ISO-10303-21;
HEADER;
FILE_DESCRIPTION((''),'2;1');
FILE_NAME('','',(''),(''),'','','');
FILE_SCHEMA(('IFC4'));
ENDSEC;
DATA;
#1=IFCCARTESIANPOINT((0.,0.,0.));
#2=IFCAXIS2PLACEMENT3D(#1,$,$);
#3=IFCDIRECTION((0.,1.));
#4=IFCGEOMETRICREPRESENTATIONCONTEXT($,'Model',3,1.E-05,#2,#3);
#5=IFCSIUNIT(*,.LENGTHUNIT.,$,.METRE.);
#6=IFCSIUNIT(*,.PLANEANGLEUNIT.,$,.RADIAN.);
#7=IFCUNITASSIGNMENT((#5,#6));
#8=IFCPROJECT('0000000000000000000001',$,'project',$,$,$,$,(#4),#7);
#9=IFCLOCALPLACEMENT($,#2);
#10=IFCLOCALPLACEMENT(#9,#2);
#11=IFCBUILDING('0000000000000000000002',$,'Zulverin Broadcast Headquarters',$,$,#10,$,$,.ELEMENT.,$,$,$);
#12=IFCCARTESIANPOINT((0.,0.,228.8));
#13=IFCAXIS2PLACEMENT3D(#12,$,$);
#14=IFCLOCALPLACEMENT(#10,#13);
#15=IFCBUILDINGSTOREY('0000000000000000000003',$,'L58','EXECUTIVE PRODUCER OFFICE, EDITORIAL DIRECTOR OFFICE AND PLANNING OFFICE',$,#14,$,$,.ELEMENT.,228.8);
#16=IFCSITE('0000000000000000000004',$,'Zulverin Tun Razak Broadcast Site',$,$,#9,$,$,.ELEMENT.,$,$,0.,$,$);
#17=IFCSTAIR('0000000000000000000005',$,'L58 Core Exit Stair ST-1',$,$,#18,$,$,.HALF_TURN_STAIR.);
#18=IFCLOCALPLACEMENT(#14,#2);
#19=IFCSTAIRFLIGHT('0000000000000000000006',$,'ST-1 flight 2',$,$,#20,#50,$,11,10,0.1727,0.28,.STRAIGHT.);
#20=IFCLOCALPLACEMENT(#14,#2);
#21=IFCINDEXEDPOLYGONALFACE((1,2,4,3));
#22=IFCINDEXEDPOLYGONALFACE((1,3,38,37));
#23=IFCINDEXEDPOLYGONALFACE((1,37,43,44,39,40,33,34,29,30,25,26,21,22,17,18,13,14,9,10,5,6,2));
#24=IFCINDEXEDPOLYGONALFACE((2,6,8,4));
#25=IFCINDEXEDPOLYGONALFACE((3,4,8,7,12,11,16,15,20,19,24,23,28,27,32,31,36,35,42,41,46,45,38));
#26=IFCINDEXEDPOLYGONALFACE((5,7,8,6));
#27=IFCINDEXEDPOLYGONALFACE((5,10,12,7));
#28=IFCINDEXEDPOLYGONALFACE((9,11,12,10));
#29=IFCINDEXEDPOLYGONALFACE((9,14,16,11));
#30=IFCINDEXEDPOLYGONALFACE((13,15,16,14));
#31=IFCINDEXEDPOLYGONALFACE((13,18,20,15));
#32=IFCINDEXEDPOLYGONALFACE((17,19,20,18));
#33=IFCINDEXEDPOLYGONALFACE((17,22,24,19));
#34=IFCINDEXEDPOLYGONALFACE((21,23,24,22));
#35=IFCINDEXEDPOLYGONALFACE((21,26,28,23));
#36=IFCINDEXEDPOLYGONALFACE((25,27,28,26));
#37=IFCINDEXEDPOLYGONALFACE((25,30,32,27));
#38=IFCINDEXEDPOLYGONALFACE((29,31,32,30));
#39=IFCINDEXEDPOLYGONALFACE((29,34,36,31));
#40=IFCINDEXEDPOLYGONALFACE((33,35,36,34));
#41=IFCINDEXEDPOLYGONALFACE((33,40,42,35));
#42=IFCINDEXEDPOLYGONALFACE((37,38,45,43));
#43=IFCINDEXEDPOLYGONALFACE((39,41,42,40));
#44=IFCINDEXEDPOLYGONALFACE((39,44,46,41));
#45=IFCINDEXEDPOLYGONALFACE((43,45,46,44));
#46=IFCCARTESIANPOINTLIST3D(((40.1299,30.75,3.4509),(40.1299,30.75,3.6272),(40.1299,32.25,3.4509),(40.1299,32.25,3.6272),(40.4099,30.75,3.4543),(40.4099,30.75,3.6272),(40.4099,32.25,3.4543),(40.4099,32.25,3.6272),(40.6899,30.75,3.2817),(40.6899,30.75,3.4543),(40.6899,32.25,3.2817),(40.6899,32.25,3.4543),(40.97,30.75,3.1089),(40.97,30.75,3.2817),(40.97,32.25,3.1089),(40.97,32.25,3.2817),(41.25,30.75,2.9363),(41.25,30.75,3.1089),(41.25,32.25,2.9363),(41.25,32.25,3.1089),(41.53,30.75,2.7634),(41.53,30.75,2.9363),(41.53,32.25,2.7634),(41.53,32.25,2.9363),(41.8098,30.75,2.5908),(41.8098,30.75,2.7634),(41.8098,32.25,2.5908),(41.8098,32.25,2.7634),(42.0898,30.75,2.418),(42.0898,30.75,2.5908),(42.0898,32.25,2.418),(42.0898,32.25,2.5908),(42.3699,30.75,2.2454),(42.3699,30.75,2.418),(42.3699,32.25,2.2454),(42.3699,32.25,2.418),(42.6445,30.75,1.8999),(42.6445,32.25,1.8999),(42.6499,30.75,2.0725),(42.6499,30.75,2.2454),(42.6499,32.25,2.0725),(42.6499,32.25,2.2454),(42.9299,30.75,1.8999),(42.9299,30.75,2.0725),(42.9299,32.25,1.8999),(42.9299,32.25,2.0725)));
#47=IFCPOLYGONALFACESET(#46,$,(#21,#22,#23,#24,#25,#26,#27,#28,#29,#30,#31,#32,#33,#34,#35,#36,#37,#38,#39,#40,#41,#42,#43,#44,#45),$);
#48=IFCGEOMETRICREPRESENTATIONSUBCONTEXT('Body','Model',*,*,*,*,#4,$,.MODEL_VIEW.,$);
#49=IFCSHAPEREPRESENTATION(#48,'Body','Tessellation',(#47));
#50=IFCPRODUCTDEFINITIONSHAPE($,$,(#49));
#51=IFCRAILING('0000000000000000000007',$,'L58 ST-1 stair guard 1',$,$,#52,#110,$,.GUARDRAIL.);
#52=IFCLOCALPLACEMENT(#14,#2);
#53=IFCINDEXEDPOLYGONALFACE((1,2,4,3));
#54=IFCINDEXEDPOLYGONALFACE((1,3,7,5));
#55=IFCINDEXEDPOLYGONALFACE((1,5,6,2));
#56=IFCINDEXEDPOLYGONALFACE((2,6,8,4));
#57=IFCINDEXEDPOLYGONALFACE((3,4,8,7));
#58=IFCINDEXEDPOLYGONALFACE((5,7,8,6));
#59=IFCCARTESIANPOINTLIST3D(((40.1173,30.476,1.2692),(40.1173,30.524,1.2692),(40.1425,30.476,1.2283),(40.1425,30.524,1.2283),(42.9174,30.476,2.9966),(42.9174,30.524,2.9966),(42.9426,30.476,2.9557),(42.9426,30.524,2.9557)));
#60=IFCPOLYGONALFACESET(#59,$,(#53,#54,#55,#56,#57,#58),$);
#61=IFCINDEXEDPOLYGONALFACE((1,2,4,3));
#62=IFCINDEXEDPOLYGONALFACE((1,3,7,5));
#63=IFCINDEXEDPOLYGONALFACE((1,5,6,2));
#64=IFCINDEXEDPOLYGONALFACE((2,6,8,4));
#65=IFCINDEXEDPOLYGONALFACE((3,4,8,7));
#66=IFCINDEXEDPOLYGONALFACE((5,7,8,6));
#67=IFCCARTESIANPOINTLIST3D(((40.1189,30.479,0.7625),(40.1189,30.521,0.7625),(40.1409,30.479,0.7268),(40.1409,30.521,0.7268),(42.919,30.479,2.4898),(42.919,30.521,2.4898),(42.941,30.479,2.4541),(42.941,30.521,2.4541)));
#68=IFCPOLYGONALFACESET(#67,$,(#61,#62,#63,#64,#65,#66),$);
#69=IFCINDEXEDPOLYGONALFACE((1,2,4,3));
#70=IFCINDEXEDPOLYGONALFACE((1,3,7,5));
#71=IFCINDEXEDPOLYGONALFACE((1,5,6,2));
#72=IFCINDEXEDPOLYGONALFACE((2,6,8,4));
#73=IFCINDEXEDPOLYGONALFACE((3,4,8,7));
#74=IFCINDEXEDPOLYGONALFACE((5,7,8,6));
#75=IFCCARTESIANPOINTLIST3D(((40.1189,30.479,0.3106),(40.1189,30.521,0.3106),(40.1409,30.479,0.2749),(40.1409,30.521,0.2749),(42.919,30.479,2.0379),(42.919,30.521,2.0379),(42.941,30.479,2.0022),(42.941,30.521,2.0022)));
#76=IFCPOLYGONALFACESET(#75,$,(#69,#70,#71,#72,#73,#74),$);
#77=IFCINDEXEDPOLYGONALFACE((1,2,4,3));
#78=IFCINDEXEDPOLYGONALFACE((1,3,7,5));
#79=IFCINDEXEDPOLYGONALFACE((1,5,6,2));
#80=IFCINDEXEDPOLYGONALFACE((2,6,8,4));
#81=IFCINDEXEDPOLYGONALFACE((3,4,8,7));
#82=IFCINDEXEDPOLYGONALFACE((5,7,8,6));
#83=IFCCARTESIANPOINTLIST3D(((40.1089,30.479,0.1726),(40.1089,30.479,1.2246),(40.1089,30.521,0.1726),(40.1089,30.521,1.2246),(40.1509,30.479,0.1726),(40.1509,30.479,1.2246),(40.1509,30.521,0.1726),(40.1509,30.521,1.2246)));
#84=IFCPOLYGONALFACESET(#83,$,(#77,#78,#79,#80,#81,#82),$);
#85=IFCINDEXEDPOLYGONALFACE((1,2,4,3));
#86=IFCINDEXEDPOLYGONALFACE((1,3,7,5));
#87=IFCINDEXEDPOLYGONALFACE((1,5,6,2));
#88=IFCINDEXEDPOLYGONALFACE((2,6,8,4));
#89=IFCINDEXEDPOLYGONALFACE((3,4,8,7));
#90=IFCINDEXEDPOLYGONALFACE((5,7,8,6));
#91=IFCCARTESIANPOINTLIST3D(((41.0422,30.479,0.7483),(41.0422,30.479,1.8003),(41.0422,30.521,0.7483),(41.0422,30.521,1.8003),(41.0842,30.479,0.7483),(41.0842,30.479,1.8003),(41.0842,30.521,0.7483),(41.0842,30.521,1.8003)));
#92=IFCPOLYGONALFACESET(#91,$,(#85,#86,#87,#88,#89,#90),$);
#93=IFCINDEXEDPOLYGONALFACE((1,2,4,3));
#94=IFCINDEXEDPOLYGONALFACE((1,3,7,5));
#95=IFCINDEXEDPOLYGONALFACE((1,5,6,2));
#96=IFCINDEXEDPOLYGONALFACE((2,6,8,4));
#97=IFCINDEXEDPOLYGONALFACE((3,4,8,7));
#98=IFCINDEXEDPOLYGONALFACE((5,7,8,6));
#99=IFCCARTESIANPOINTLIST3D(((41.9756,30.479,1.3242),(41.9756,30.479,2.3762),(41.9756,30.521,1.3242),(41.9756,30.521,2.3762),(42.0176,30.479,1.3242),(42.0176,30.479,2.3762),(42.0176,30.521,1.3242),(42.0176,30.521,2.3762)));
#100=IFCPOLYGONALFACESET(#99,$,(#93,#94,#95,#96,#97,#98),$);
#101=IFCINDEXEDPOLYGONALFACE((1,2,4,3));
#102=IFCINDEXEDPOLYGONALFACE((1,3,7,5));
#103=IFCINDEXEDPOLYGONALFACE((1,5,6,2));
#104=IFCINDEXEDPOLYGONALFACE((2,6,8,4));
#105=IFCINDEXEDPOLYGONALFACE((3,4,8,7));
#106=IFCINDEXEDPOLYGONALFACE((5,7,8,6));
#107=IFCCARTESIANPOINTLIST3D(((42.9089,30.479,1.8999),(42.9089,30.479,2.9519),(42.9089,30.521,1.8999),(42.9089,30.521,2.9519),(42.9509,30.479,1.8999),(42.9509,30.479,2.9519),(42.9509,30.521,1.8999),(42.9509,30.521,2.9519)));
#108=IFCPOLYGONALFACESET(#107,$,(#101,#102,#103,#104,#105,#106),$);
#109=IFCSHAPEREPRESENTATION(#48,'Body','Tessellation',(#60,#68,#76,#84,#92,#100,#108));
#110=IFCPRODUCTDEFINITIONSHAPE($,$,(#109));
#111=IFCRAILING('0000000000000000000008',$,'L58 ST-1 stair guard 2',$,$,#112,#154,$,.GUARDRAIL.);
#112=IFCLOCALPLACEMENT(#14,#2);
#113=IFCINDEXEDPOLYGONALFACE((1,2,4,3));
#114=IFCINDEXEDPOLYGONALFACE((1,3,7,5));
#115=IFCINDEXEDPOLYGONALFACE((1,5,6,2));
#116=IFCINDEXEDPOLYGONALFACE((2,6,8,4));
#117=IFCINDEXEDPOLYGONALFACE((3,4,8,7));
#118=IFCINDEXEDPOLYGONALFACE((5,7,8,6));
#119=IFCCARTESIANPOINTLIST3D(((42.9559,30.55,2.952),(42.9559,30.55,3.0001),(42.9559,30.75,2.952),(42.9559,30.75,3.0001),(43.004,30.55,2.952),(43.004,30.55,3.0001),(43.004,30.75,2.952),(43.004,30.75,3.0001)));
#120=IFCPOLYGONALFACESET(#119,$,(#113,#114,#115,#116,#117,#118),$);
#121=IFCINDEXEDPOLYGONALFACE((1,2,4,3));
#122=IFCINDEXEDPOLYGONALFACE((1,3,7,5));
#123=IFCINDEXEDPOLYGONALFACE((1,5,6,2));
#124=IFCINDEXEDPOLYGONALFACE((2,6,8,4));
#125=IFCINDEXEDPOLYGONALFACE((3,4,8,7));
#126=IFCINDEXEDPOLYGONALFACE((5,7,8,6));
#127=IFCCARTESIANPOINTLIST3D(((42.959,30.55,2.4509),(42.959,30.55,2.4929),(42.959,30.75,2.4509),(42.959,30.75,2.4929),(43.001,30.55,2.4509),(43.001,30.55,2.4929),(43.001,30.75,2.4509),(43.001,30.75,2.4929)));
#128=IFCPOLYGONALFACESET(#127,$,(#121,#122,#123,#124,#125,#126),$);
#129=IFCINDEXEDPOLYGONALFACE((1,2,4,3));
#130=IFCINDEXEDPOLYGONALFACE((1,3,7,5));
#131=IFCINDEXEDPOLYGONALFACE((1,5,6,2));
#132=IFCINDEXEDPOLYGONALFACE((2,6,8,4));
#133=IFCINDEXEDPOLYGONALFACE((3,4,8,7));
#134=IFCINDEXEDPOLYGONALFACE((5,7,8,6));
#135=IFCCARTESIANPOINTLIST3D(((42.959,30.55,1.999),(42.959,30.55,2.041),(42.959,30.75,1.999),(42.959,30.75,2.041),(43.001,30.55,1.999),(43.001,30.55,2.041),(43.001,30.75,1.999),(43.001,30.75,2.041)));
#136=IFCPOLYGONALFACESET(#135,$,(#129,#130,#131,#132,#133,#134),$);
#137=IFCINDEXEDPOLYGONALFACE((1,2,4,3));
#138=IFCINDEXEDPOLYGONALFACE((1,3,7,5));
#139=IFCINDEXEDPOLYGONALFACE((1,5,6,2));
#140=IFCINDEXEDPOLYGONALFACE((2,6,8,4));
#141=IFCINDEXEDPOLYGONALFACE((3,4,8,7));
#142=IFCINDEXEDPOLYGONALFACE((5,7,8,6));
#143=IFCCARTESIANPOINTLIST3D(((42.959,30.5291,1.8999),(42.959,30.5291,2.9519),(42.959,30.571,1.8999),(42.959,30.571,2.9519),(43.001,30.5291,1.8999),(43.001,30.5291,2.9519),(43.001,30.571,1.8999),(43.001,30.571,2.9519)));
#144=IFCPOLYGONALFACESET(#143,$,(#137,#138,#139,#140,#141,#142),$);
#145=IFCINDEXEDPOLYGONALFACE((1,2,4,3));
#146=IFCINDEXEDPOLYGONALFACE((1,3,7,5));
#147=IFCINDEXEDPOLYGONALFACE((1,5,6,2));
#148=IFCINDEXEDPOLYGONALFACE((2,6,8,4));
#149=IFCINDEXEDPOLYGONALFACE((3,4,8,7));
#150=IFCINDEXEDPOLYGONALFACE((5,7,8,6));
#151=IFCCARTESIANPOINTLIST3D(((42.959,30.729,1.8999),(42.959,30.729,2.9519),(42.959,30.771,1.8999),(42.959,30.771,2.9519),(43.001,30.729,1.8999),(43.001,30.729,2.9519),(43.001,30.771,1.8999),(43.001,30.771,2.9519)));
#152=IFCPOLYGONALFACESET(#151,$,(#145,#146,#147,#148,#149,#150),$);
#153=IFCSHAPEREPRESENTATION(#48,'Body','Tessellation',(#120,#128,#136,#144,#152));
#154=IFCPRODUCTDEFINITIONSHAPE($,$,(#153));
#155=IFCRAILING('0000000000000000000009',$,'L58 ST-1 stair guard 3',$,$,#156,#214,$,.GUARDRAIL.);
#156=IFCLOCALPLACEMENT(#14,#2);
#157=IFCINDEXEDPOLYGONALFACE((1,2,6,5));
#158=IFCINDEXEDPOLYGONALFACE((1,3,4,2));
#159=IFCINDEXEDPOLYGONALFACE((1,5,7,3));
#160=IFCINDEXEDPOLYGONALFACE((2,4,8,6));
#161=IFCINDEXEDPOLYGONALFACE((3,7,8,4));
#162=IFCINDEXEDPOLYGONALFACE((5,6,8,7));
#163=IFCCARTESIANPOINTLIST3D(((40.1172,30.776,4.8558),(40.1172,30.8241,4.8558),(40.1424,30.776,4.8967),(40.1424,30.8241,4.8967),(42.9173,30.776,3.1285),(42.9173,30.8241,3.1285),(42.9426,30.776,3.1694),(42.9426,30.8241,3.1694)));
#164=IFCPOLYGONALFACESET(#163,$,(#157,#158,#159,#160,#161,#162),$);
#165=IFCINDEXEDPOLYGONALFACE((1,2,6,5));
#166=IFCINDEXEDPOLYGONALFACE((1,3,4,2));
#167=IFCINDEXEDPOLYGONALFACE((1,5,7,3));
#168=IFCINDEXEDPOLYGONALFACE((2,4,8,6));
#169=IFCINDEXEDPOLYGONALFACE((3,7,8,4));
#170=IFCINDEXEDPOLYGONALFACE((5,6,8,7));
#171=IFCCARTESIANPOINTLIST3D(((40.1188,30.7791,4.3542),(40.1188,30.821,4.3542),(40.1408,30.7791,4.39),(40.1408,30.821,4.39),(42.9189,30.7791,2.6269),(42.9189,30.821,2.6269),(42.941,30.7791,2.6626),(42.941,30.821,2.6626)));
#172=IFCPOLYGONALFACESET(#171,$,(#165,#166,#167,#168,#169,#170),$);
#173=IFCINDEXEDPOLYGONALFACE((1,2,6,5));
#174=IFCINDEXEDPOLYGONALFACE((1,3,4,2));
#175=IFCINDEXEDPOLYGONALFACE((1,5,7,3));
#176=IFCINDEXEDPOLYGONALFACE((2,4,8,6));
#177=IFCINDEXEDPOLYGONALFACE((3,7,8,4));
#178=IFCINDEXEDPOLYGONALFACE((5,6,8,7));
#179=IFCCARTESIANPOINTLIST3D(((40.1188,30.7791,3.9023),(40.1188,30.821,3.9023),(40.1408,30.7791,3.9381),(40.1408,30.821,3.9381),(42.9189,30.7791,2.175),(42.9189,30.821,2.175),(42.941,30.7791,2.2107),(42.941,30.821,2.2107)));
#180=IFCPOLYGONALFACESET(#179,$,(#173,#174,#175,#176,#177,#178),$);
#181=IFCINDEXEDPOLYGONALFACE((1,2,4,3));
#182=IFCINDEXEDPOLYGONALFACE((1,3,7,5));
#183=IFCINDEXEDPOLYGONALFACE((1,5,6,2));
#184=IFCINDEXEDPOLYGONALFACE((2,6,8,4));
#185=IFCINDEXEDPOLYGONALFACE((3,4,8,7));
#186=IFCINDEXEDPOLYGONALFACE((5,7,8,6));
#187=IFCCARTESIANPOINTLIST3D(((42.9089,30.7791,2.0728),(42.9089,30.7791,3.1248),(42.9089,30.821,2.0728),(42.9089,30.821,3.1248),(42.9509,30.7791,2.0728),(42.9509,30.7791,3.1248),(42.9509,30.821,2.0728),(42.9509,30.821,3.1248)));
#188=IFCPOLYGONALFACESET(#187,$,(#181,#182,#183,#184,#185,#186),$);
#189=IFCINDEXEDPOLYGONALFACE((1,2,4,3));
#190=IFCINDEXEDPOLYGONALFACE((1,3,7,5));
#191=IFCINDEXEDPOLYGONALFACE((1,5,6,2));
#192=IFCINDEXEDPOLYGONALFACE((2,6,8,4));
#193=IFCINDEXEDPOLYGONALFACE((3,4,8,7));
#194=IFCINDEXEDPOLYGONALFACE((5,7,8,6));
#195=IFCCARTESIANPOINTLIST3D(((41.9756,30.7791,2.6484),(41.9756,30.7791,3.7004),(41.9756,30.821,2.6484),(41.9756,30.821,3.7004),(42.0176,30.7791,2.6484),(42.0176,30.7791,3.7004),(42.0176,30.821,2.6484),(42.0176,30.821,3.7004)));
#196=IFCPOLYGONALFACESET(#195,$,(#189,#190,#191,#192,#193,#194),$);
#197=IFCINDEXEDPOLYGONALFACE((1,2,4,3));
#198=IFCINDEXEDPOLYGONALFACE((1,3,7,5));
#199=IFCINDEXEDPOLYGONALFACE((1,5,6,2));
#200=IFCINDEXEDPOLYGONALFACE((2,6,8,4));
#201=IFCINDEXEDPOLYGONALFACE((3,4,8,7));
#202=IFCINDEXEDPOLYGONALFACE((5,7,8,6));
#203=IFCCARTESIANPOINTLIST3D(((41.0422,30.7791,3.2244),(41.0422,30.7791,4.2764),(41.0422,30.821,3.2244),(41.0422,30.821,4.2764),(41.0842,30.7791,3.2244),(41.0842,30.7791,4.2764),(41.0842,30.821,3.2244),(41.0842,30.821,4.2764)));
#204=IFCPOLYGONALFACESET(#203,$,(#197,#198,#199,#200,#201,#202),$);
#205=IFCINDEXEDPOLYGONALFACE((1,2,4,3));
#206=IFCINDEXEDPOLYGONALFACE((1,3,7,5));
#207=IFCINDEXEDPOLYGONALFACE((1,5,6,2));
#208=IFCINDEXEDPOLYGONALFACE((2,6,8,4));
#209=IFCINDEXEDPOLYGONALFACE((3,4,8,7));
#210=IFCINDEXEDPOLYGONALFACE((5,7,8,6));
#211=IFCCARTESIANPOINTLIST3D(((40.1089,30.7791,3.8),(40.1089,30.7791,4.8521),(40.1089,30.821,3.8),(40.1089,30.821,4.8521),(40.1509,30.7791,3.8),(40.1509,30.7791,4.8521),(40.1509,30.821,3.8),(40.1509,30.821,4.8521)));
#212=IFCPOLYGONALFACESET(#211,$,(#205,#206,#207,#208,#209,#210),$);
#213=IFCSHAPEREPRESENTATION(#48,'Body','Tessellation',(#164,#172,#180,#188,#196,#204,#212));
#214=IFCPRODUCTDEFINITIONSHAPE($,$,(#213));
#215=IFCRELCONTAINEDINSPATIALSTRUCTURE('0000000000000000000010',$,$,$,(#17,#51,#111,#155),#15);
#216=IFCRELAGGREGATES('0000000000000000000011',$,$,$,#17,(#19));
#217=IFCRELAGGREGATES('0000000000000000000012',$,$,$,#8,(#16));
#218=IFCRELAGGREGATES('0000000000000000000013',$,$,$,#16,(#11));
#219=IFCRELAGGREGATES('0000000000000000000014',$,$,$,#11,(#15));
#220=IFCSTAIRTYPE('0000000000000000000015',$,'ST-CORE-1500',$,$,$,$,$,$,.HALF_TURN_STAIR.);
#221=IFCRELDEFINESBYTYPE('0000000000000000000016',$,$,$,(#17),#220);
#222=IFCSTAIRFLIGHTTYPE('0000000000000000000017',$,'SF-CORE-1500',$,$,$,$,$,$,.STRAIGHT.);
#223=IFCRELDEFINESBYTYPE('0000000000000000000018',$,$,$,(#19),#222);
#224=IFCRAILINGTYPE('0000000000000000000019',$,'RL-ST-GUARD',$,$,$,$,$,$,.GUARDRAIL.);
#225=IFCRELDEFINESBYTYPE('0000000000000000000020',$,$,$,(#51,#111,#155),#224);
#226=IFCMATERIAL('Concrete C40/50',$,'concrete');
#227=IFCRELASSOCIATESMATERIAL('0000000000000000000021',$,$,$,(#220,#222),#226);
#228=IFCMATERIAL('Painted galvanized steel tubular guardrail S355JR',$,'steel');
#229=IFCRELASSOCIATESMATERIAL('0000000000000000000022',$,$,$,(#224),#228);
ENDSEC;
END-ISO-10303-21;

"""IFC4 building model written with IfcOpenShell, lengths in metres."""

from ifc_helpers import new_model, si_unit, direction, frame, origin, origin_2d, place, context, subcontext, project, spatial, polyline, rectangle, outline, extrude, material, type_object, element, aggregate, save


model = new_model("IFC4")

# Units and contexts
model_context = context("Model", 3, precision=1e-05, world=origin(), true_north=direction((0.0, 1.0)))
body_context = subcontext(model_context, "Body", "Model", "MODEL_VIEW")
ifc_project = project(units=[si_unit("LENGTHUNIT", "METRE"), si_unit("PLANEANGLEUNIT", "RADIAN")], contexts=[model_context])

# Site, building, storey
site_placement = place(None, origin())
site = spatial("IfcSite", under=ifc_project, at=site_placement, Name="Zulverin Tun Razak Broadcast Site", CompositionType="ELEMENT", RefElevation=0.0)
building_placement = place(site_placement, origin())
building = spatial("IfcBuilding", under=site, at=building_placement, Name="Zulverin Broadcast Headquarters", CompositionType="ELEMENT")
storey_placement = place(building_placement, frame((0.0, 0.0, 228.8)))
storey = spatial("IfcBuildingStorey", under=building, at=storey_placement, Name="L58", Description="EXECUTIVE PRODUCER OFFICE, EDITORIAL DIRECTOR OFFICE AND PLANNING OFFICE", CompositionType="ELEMENT", Elevation=228.8)

# Stair, stair flight
ifc_material_1 = material(Name="Concrete C40/50", Category="concrete")
stair_type = type_object("IfcStairType", Name="ST-CORE-1500", PredefinedType="HALF_TURN_STAIR", material=ifc_material_1)
stair_placement = place(storey_placement, origin())
stair = element("IfcStair", 1, at=stair_placement, inside=storey, type_object=stair_type, Name="L58 Core Exit Stair ST-1", PredefinedType="HALF_TURN_STAIR")
stair_flight_type = type_object("IfcStairFlightType", Name="SF-CORE-1500", PredefinedType="STRAIGHT", material=ifc_material_1)
stair_flight_1_placement = place(storey_placement, frame((42.9299, 31.5, 1.8999), z_axis=(0.0, 0.0, 1.0), x_axis=(-1.0, 0.0, 0.0)))
stair_flight_1 = element("IfcStairFlight", 2, at=stair_flight_1_placement, type_object=stair_flight_type, Name="ST-1 flight 2", NumberOfRisers=11, NumberOfTreads=10, PredefinedType="STRAIGHT", RiserHeight=0.1727, TreadLength=0.28, context=body_context, shape_type="SweptSolid", body=[
    extrude(outline(polyline([(0.0, 0.0), (0.0, 0.1726), (0.28, 0.1726), (0.28, 0.3455), (0.5601, 0.3455), (0.5601, 0.5181), (0.8401, 0.5181), (0.8401, 0.6909), (1.1201, 0.6909), (1.1201, 0.8635), (1.3999, 0.8635), (1.3999, 1.0364), (1.6799, 1.0364), (1.6799, 1.209), (1.96, 1.209), (1.96, 1.3818), (2.24, 1.3818), (2.24, 1.5544), (2.52, 1.5544), (2.52, 1.7273), (2.8, 1.7273), (2.8, 1.8999), (2.8, 1.551), (0.2854, 0.0), (0.0, 0.0)])), frame((0.0, 0.75, 0.0), z_axis=(0.0, -1.0, 0.0), x_axis=(1.0, 0.0, 0.0)), (0.0, 0.0, 1.0), 1.5),
])
aggregate(stair, [stair_flight_1])

# Railings
ifc_material_2 = material(Name="Painted galvanized steel tubular guardrail S355JR", Category="steel")
railing_type_1 = type_object("IfcRailingType", Name="RL-ST-GUARD", PredefinedType="GUARDRAIL", material=ifc_material_2)
railing_1_placement = place(storey_placement, frame((40.1299, 30.5, 0.1726)))
element("IfcRailing", 3, at=railing_1_placement, inside=storey, type_object=railing_type_1, Name="L58 ST-1 stair guard 1", PredefinedType="GUARDRAIL", context=body_context, shape_type="SweptSolid", body=[
    extrude(rectangle(XDim=0.0481, YDim=0.0481, at=origin_2d()), frame((0.0, 0.0, 1.0762), z_axis=(0.85109, 0.0, 0.52502), x_axis=(0.0, 1.0, 0.0)), (0.0, 0.0, 1.0), 3.29),
    extrude(rectangle(XDim=0.042, YDim=0.042, at=origin_2d()), frame((0.0, 0.0, 0.572), z_axis=(0.85109, 0.0, 0.52502), x_axis=(0.0, 1.0, 0.0)), (0.0, 0.0, 1.0), 3.29),
    extrude(rectangle(XDim=0.042, YDim=0.042, at=origin_2d()), frame((0.0, 0.0, 0.1201), z_axis=(0.85109, 0.0, 0.52502), x_axis=(0.0, 1.0, 0.0)), (0.0, 0.0, 1.0), 3.29),
    extrude(rectangle(XDim=0.042, YDim=0.042, at=origin_2d()), origin(), (0.0, 0.0, 1.0), 1.052),
    extrude(rectangle(XDim=0.042, YDim=0.042, at=origin_2d()), frame((0.9333, 0.0, 0.5757)), (0.0, 0.0, 1.0), 1.052),
    extrude(rectangle(XDim=0.042, YDim=0.042, at=origin_2d()), frame((1.8667, 0.0, 1.1516)), (0.0, 0.0, 1.0), 1.052),
    extrude(rectangle(XDim=0.042, YDim=0.042, at=origin_2d()), frame((2.8, 0.0, 1.7273)), (0.0, 0.0, 1.0), 1.052),
])
railing_2_placement = place(storey_placement, frame((42.98, 30.55, 1.8999)))
element("IfcRailing", 4, at=railing_2_placement, inside=storey, type_object=railing_type_1, Name="L58 ST-1 stair guard 2", PredefinedType="GUARDRAIL", context=body_context, shape_type="SweptSolid", body=[
    extrude(rectangle(XDim=0.0481, YDim=0.0481, at=origin_2d()), frame((0.0, 0.0, 1.0762), z_axis=(0.0, 1.0, 0.0), x_axis=(-1.0, 0.0, 0.0)), (0.0, 0.0, 1.0), 0.2),
    extrude(rectangle(XDim=0.042, YDim=0.042, at=origin_2d()), frame((0.0, 0.0, 0.572), z_axis=(0.0, 1.0, 0.0), x_axis=(-1.0, 0.0, 0.0)), (0.0, 0.0, 1.0), 0.2),
    extrude(rectangle(XDim=0.042, YDim=0.042, at=origin_2d()), frame((0.0, 0.0, 0.1201), z_axis=(0.0, 1.0, 0.0), x_axis=(-1.0, 0.0, 0.0)), (0.0, 0.0, 1.0), 0.2),
    extrude(rectangle(XDim=0.042, YDim=0.042, at=origin_2d()), origin(), (0.0, 0.0, 1.0), 1.052),
    extrude(rectangle(XDim=0.042, YDim=0.042, at=origin_2d()), frame((0.0, 0.2, 0.0)), (0.0, 0.0, 1.0), 1.052),
])
railing_3_placement = place(storey_placement, frame((42.9299, 30.8, 2.0728)))
element("IfcRailing", 5, at=railing_3_placement, inside=storey, type_object=railing_type_1, Name="L58 ST-1 stair guard 3", PredefinedType="GUARDRAIL", context=body_context, shape_type="SweptSolid", body=[
    extrude(rectangle(XDim=0.0481, YDim=0.0481, at=origin_2d()), frame((0.0, 0.0, 1.0762), z_axis=(-0.85109, 0.0, 0.52502), x_axis=(0.0, -1.0, 0.0)), (0.0, 0.0, 1.0), 3.29),
    extrude(rectangle(XDim=0.042, YDim=0.042, at=origin_2d()), frame((0.0, 0.0, 0.572), z_axis=(-0.85109, 0.0, 0.52502), x_axis=(0.0, -1.0, 0.0)), (0.0, 0.0, 1.0), 3.29),
    extrude(rectangle(XDim=0.042, YDim=0.042, at=origin_2d()), frame((0.0, 0.0, 0.1201), z_axis=(-0.85109, 0.0, 0.52502), x_axis=(0.0, -1.0, 0.0)), (0.0, 0.0, 1.0), 3.29),
    extrude(rectangle(XDim=0.042, YDim=0.042, at=origin_2d()), origin(), (0.0, 0.0, 1.0), 1.052),
    extrude(rectangle(XDim=0.042, YDim=0.042, at=origin_2d()), frame((-0.9333, 0.0, 0.5757)), (0.0, 0.0, 1.0), 1.052),
    extrude(rectangle(XDim=0.042, YDim=0.042, at=origin_2d()), frame((-1.8667, 0.0, 1.1516)), (0.0, 0.0, 1.0), 1.052),
    extrude(rectangle(XDim=0.042, YDim=0.042, at=origin_2d()), frame((-2.8, 0.0, 1.7273)), (0.0, 0.0, 1.0), 1.052),
])

save(model, "model.ifc")
